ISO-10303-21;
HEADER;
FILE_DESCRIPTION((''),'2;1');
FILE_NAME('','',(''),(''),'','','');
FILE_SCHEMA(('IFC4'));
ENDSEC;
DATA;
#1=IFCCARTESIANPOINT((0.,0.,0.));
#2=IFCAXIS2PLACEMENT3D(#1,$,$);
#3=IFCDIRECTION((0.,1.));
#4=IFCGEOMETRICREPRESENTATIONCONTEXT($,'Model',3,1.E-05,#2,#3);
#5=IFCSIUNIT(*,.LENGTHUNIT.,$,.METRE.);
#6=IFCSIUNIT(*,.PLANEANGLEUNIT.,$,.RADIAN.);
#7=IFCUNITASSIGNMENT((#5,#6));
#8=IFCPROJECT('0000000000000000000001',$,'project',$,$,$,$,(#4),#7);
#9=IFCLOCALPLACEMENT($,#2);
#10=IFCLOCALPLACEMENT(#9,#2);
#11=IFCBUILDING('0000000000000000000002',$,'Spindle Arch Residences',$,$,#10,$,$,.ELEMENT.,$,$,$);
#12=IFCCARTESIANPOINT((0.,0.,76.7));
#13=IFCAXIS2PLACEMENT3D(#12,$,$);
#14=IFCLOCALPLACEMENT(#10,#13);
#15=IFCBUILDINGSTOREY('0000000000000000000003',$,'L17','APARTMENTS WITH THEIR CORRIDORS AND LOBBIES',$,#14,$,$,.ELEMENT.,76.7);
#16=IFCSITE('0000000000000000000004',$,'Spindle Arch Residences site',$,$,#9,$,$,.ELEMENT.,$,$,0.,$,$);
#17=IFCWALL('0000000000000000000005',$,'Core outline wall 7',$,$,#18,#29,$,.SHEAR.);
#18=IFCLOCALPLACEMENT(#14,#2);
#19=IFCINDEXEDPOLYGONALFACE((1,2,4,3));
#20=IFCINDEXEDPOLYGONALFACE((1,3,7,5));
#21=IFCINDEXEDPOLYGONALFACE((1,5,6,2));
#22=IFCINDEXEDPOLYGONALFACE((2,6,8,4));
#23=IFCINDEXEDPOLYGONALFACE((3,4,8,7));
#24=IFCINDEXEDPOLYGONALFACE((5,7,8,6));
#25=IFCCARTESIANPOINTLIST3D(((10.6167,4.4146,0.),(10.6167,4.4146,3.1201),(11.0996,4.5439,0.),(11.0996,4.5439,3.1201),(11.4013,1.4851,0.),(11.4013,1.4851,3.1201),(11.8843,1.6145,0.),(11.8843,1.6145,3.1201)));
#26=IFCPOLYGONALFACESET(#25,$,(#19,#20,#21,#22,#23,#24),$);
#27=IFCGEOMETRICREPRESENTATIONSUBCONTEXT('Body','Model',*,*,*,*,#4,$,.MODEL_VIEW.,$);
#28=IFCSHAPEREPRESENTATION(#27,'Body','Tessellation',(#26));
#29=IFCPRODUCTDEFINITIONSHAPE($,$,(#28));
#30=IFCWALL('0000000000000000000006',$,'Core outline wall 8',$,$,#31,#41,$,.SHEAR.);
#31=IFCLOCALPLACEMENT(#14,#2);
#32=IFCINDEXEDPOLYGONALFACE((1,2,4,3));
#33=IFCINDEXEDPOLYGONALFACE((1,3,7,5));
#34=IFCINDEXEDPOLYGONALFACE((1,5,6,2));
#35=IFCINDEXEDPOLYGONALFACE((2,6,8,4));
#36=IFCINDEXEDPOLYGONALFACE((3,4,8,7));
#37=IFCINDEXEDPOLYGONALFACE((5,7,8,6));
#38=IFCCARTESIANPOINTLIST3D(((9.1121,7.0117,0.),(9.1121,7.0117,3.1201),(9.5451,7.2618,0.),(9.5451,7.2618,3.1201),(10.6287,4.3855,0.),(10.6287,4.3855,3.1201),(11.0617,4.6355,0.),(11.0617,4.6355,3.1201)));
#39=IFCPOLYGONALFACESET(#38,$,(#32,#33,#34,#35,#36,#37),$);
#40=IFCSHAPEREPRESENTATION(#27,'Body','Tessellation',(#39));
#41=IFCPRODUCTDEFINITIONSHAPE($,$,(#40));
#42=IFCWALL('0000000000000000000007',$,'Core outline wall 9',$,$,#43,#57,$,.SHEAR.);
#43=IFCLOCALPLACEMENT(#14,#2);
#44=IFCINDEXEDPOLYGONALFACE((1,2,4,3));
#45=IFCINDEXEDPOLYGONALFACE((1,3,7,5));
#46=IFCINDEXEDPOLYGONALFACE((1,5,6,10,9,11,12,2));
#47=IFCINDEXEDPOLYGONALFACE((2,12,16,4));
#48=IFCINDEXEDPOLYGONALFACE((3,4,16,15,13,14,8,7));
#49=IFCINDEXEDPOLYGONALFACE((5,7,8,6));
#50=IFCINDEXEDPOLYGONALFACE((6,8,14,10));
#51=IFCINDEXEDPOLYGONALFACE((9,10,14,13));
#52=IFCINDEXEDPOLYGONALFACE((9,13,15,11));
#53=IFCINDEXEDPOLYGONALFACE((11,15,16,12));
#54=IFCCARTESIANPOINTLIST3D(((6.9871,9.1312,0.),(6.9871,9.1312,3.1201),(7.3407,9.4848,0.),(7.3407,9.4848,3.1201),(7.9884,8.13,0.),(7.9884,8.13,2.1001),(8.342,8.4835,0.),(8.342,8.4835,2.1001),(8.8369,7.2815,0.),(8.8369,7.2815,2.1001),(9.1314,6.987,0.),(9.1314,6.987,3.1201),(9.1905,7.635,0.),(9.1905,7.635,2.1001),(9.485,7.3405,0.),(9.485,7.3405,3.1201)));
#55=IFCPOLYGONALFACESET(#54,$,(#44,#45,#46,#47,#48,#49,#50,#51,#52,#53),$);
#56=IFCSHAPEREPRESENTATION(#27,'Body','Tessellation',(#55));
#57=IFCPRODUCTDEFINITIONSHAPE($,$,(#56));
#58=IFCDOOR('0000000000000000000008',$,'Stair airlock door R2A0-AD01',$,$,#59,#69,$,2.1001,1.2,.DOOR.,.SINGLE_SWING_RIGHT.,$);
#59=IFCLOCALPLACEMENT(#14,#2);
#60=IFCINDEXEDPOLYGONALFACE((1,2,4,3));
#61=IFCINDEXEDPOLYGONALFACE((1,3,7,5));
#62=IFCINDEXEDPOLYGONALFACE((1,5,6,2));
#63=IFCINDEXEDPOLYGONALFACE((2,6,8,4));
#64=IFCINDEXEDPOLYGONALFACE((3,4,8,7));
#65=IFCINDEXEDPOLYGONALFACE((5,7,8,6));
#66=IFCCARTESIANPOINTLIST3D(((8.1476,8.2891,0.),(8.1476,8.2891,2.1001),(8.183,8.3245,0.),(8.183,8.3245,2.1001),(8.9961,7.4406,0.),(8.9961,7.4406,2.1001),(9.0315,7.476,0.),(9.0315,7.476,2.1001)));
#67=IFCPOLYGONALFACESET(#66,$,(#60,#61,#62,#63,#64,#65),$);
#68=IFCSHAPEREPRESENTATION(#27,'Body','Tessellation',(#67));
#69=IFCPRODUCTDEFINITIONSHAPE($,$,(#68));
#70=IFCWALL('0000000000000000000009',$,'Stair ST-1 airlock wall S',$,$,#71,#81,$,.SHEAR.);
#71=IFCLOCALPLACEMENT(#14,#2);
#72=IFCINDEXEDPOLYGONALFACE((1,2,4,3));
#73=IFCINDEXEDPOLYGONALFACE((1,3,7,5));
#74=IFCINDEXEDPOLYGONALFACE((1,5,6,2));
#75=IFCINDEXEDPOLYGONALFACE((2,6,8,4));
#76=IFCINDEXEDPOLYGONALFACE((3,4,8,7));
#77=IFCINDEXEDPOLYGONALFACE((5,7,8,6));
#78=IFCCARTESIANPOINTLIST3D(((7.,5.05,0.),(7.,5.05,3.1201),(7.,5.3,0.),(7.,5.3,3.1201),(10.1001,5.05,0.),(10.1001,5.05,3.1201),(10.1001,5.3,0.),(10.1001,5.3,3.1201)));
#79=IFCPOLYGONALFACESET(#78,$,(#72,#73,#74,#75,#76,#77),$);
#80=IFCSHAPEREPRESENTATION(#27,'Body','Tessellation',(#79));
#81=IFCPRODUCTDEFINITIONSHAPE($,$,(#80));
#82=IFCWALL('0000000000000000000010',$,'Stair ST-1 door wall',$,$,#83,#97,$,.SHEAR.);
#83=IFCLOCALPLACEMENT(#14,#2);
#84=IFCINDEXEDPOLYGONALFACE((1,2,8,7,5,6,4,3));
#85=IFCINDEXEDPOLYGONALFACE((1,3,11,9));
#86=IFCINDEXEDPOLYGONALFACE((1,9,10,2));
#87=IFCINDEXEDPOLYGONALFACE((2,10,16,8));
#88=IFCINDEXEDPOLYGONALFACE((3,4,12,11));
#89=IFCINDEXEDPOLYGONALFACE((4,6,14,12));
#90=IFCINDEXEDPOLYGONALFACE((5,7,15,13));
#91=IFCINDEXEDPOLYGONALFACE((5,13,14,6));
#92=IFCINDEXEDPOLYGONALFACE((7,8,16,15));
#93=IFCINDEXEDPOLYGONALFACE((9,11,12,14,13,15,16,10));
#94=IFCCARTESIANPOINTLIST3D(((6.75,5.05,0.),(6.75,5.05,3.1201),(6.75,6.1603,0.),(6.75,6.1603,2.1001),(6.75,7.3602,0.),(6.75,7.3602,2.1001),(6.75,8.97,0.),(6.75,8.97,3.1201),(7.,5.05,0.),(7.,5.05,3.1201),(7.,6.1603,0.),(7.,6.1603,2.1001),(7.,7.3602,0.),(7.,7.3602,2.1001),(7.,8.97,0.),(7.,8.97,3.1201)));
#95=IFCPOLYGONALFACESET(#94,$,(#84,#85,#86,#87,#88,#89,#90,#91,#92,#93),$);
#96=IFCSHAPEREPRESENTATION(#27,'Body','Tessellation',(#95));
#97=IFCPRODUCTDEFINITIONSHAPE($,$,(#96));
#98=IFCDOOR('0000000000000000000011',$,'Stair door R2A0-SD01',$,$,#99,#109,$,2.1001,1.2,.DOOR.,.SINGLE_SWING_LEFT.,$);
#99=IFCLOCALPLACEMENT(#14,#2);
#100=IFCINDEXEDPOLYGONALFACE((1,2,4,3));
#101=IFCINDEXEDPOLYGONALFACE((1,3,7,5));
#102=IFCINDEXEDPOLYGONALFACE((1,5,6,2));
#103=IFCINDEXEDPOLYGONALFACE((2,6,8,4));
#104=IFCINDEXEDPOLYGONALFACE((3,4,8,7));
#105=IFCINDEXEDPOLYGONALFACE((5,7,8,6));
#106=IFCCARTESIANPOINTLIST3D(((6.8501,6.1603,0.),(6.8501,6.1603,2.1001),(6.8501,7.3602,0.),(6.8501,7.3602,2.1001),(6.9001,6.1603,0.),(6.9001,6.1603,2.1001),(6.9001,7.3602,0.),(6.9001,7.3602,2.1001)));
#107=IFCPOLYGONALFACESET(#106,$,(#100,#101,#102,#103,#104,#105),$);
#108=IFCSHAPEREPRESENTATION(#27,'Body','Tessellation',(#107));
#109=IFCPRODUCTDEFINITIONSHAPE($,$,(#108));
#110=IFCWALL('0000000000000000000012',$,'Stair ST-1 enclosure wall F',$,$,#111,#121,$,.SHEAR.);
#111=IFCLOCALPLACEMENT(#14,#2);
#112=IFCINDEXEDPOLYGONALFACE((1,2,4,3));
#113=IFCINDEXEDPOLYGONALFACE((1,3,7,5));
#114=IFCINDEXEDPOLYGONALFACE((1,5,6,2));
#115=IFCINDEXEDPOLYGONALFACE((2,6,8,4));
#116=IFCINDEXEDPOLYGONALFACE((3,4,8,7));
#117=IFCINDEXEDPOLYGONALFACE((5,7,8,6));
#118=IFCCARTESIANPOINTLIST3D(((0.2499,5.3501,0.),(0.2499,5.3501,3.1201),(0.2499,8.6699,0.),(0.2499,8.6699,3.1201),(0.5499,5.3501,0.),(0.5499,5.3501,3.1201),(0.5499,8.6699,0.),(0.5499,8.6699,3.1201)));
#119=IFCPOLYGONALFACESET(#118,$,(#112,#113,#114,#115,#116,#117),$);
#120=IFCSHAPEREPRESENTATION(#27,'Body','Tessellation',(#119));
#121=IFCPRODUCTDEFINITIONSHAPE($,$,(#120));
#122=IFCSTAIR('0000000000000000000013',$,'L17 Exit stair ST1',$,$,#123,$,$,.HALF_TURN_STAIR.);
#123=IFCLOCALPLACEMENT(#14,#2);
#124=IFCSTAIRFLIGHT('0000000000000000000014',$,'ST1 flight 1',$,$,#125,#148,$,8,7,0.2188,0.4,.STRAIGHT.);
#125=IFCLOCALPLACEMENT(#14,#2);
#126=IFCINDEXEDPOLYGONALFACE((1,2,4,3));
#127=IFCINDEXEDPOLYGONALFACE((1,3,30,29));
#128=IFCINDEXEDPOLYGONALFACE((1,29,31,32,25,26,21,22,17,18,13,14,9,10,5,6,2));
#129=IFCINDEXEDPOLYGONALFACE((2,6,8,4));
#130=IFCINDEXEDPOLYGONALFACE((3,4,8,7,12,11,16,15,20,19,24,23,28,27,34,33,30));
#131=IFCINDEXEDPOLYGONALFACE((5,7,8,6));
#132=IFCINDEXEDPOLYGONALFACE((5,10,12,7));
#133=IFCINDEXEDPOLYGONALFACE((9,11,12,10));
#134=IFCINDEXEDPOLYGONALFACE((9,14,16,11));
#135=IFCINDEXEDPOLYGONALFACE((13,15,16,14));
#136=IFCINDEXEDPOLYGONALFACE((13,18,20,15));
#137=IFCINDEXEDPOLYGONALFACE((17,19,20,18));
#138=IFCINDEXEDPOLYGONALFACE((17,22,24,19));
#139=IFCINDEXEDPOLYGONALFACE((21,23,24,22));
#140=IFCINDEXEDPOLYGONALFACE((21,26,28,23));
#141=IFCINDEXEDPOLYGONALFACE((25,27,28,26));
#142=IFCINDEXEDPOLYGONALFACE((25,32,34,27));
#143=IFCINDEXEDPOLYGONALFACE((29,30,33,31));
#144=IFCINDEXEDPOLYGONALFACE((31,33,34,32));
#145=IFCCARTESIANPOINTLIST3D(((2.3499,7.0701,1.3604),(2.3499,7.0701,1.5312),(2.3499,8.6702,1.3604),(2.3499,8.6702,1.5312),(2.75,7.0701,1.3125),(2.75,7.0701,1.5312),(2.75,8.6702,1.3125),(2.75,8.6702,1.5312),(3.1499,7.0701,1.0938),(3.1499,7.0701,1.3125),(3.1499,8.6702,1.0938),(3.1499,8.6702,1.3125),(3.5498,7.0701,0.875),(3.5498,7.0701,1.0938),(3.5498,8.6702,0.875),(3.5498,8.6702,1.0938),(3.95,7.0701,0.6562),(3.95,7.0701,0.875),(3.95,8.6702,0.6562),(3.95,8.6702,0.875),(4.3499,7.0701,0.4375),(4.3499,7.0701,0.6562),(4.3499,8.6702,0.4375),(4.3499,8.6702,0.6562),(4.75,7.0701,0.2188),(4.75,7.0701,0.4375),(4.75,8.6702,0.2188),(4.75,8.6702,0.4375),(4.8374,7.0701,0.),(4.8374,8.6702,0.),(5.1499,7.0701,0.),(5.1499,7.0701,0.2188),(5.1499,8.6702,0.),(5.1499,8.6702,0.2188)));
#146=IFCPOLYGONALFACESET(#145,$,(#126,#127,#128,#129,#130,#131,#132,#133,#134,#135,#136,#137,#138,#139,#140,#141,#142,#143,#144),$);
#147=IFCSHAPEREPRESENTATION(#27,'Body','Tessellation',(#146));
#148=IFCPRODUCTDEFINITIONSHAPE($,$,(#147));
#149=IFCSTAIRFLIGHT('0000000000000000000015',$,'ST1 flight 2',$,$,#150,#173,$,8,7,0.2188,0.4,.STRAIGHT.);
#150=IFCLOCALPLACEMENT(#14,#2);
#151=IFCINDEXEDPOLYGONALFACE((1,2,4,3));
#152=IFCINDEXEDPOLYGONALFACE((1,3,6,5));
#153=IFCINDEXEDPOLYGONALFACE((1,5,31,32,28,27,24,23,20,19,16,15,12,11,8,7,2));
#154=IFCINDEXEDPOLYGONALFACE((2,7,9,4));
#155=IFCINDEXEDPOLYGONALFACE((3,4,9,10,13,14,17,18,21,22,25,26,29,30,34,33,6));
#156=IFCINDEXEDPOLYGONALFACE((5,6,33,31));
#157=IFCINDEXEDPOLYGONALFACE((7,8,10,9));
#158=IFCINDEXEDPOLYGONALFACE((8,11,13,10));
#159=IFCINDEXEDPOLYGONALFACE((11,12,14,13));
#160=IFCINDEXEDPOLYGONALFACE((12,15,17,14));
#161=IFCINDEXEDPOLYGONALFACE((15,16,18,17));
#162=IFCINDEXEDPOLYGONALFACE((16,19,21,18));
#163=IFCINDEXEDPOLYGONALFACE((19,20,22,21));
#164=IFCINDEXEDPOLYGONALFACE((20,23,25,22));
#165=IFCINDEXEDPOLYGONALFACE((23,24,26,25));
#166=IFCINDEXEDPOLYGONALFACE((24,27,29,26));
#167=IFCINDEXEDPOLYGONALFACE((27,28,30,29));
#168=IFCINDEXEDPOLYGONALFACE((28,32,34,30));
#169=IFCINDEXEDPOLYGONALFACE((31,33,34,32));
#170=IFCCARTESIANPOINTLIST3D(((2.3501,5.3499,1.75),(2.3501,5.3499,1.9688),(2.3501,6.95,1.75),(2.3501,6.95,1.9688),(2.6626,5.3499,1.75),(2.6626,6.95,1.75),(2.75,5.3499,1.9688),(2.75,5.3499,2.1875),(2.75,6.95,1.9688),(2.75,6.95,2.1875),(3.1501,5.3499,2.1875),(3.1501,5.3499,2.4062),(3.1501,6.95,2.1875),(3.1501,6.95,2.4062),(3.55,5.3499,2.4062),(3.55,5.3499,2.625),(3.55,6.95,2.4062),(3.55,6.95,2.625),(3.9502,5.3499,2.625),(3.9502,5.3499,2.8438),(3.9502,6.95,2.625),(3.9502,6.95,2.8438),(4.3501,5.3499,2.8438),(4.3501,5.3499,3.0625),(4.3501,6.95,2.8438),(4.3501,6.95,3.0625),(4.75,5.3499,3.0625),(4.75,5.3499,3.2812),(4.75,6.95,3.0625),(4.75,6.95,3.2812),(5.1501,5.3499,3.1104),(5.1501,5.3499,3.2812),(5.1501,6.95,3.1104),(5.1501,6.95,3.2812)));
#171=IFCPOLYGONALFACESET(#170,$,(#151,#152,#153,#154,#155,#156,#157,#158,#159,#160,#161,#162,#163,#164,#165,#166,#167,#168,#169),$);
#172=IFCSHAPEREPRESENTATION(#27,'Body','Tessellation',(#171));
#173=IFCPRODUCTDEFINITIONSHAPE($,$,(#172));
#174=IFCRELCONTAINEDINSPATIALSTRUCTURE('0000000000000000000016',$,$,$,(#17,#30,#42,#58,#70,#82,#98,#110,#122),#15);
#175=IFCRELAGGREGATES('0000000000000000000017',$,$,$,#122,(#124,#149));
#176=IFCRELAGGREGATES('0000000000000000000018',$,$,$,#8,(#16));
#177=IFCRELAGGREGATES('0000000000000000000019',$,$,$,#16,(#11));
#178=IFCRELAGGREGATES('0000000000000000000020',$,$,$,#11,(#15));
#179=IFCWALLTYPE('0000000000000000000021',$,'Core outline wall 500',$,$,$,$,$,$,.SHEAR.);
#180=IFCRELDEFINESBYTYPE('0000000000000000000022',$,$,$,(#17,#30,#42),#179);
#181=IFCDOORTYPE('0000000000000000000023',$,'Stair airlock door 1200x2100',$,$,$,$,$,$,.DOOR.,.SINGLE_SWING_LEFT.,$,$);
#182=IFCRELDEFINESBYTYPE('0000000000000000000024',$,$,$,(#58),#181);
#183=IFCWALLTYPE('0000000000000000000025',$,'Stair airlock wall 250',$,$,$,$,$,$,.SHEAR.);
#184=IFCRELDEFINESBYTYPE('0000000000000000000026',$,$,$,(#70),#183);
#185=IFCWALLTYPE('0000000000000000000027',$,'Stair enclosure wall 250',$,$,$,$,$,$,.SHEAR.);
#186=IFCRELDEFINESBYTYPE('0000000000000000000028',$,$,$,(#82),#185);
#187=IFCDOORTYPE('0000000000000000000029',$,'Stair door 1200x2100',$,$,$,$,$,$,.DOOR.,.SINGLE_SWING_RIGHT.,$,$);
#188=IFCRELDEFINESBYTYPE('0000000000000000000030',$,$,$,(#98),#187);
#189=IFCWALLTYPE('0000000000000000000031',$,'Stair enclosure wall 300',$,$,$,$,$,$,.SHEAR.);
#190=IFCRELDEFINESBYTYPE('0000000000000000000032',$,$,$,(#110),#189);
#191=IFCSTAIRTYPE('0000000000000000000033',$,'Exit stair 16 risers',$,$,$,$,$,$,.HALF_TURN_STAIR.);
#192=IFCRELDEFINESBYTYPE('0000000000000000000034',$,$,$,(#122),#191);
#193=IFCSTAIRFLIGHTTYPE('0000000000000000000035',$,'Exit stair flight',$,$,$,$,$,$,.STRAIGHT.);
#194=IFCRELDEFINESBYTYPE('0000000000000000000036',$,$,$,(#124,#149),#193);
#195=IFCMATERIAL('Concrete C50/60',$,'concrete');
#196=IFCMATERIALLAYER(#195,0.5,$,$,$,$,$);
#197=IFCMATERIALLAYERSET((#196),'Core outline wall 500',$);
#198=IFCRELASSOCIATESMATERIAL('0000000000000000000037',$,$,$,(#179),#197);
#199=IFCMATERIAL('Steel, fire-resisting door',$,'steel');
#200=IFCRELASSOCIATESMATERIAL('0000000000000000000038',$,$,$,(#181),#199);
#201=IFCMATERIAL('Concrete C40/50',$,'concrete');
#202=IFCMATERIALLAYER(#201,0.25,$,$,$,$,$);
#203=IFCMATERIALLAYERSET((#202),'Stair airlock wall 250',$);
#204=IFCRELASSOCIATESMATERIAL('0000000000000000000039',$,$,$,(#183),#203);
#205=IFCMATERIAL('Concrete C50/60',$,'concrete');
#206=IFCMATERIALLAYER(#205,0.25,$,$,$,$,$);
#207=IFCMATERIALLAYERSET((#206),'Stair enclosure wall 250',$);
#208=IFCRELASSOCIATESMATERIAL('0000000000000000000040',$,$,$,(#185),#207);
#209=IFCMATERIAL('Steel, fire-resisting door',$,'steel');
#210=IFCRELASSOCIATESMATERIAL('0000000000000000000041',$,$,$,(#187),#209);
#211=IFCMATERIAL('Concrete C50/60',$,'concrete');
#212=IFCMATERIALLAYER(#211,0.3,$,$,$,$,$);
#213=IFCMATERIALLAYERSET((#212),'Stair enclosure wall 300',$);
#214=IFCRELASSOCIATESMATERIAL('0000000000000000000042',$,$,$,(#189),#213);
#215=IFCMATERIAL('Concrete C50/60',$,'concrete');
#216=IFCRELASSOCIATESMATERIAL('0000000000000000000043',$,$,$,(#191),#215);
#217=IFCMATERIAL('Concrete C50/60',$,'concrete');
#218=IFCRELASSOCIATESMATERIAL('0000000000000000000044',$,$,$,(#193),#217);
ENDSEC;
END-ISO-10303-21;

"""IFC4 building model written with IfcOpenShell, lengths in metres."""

from ifc_helpers import new_model, si_unit, direction, frame, frame_2d, origin, place, context, subcontext, project, spatial, polyline, rectangle, outline, extrude, material, layer, layer_set, type_object, element, fill, aggregate, save


model = new_model("IFC4")

# Units and contexts
model_context = context("Model", 3, precision=1e-05, world=origin(), true_north=direction((0.0, 1.0)))
body_context = subcontext(model_context, "Body", "Model", "MODEL_VIEW")
ifc_project = project(units=[si_unit("LENGTHUNIT", "METRE"), si_unit("PLANEANGLEUNIT", "RADIAN")], contexts=[model_context])

# Site, building, storey
site_placement = place(None, origin())
site = spatial("IfcSite", under=ifc_project, at=site_placement, Name="Spindle Arch Residences site", CompositionType="ELEMENT", RefElevation=0.0)
building_placement = place(site_placement, origin())
building = spatial("IfcBuilding", under=site, at=building_placement, Name="Spindle Arch Residences", CompositionType="ELEMENT")
storey_placement = place(building_placement, frame((0.0, 0.0, 76.7)))
storey = spatial("IfcBuildingStorey", under=building, at=storey_placement, Name="L17", Description="APARTMENTS WITH THEIR CORRIDORS AND LOBBIES", CompositionType="ELEMENT", Elevation=76.7)

# Walls
ifc_material_1 = material(Name="Concrete C50/60", Category="concrete")
ifc_layer_1 = layer(ifc_material_1, 0.5)
ifc_layer_set_1 = layer_set([ifc_layer_1], Name="Core outline wall 500")
wall_type_1 = type_object("IfcWallType", Name="Core outline wall 500", PredefinedType="SHEAR", material=ifc_layer_set_1)
for number, where, z_axis, x_axis, name in (
    (1, (11.6428, 1.5498, 0.0), (0.0, 0.0, 1.0), (-0.258735, 0.965948, 0.0), "Core outline wall 7"),
    (2, (10.8452, 4.5105, 0.0), (0.0, 0.0, 1.0), (-0.500087, 0.865975, 0.0), "Core outline wall 8"),
):
    element("IfcWall", number, at=place(storey_placement, frame(where, z_axis=z_axis, x_axis=x_axis)), inside=storey, type_object=wall_type_1, Name=name, PredefinedType="SHEAR", context=body_context, shape_type="SweptSolid", body=[
        extrude(rectangle(XDim=3.0327, YDim=0.5, at=frame_2d((1.5164, 0.0))), origin(), (0.0, 0.0, 1.0), 3.1201),
    ])

# Wall, opening, door
wall_1_placement = place(storey_placement, frame((9.3081, 7.1638, 0.0), z_axis=(0.0, 0.0, 1.0), x_axis=(-0.707107, 0.707107, 0.0)))
wall_1 = element("IfcWall", 3, at=wall_1_placement, inside=storey, type_object=wall_type_1, Name="Core outline wall 9", PredefinedType="SHEAR", context=body_context, shape_type="SweptSolid", body=[
    extrude(rectangle(XDim=3.0325, YDim=0.5, at=frame_2d((1.5161, 0.0))), origin(), (0.0, 0.0, 1.0), 3.1201),
])
opening_1_placement = place(wall_1_placement, frame((0.4163, 0.0, 0.0)))
opening_1 = element("IfcOpeningElement", 4, at=opening_1_placement, cuts=wall_1, PredefinedType="OPENING", context=body_context, shape_type="SweptSolid", body=[
    extrude(rectangle(XDim=1.2, YDim=2.1001, at=frame_2d((0.6001, 1.05))), frame((0.0, 0.26, 0.0), z_axis=(0.0, -1.0, 0.0), x_axis=(1.0, 0.0, 0.0)), (0.0, 0.0, 1.0), 0.52),
])
ifc_material_2 = material(Name="Steel, fire-resisting door", Category="steel")
door_type_1 = type_object("IfcDoorType", Name="Stair airlock door 1200x2100", OperationType="SINGLE_SWING_LEFT", PredefinedType="DOOR", material=ifc_material_2)
door_1_placement = place(opening_1_placement, origin())
door_1 = element("IfcDoor", 5, at=door_1_placement, inside=storey, type_object=door_type_1, Name="Stair airlock door R2A0-AD01", OperationType="SINGLE_SWING_RIGHT", OverallHeight=2.1001, OverallWidth=1.2, PredefinedType="DOOR", context=body_context, shape_type="SweptSolid", body=[
    extrude(rectangle(XDim=1.2, YDim=2.1001, at=frame_2d((0.6001, 1.05))), frame((0.0, 0.0249, 0.0), z_axis=(0.0, -1.0, 0.0), x_axis=(1.0, 0.0, 0.0)), (0.0, 0.0, 1.0), 0.05),
])
fill(opening_1, door_1)

# Wall
ifc_material_3 = material(Name="Concrete C40/50", Category="concrete")
ifc_layer_2 = layer(ifc_material_3, 0.25)
ifc_layer_set_2 = layer_set([ifc_layer_2], Name="Stair airlock wall 250")
wall_type_2 = type_object("IfcWallType", Name="Stair airlock wall 250", PredefinedType="SHEAR", material=ifc_layer_set_2)
wall_2_placement = place(storey_placement, frame((7.0, 5.175, 0.0), z_axis=(0.0, 0.0, 1.0), x_axis=(1.0, 0.0, 0.0)))
element("IfcWall", 6, at=wall_2_placement, inside=storey, type_object=wall_type_2, Name="Stair ST-1 airlock wall S", PredefinedType="SHEAR", context=body_context, shape_type="SweptSolid", body=[
    extrude(rectangle(XDim=3.1001, YDim=0.25, at=frame_2d((1.55, 0.0))), origin(), (0.0, 0.0, 1.0), 3.1201),
])

# Wall, opening, door
ifc_material_4 = material(Name="Concrete C50/60", Category="concrete")
ifc_layer_3 = layer(ifc_material_4, 0.25)
ifc_layer_set_3 = layer_set([ifc_layer_3], Name="Stair enclosure wall 250")
wall_type_3 = type_object("IfcWallType", Name="Stair enclosure wall 250", PredefinedType="SHEAR", material=ifc_layer_set_3)
wall_3_placement = place(storey_placement, frame((6.875, 5.05, 0.0), z_axis=(0.0, 0.0, 1.0), x_axis=(0.0, 1.0, 0.0)))
wall_3 = element("IfcWall", 7, at=wall_3_placement, inside=storey, type_object=wall_type_3, Name="Stair ST-1 door wall", PredefinedType="SHEAR", context=body_context, shape_type="SweptSolid", body=[
    extrude(rectangle(XDim=3.9199, YDim=0.25, at=frame_2d((1.96, 0.0))), origin(), (0.0, 0.0, 1.0), 3.1201),
])
opening_2_placement = place(wall_3_placement, frame((1.1101, 0.0, 0.0)))
opening_2 = element("IfcOpeningElement", 8, at=opening_2_placement, cuts=wall_3, PredefinedType="OPENING", context=body_context, shape_type="SweptSolid", body=[
    extrude(rectangle(XDim=1.2, YDim=2.1001, at=frame_2d((0.6001, 1.05))), frame((0.0, 0.135, 0.0), z_axis=(0.0, -1.0, 0.0), x_axis=(1.0, 0.0, 0.0)), (0.0, 0.0, 1.0), 0.27),
])
ifc_material_5 = material(Name="Steel, fire-resisting door", Category="steel")
door_type_2 = type_object("IfcDoorType", Name="Stair door 1200x2100", OperationType="SINGLE_SWING_RIGHT", PredefinedType="DOOR", material=ifc_material_5)
door_2_placement = place(opening_2_placement, origin())
door_2 = element("IfcDoor", 9, at=door_2_placement, inside=storey, type_object=door_type_2, Name="Stair door R2A0-SD01", OperationType="SINGLE_SWING_LEFT", OverallHeight=2.1001, OverallWidth=1.2, PredefinedType="DOOR", context=body_context, shape_type="SweptSolid", body=[
    extrude(rectangle(XDim=1.2, YDim=2.1001, at=frame_2d((0.6001, 1.05))), frame((0.0, 0.0249, 0.0), z_axis=(0.0, -1.0, 0.0), x_axis=(1.0, 0.0, 0.0)), (0.0, 0.0, 1.0), 0.05),
])
fill(opening_2, door_2)

# Wall
ifc_material_6 = material(Name="Concrete C50/60", Category="concrete")
ifc_layer_4 = layer(ifc_material_6, 0.3)
ifc_layer_set_4 = layer_set([ifc_layer_4], Name="Stair enclosure wall 300")
wall_type_4 = type_object("IfcWallType", Name="Stair enclosure wall 300", PredefinedType="SHEAR", material=ifc_layer_set_4)
wall_4_placement = place(storey_placement, frame((0.3999, 5.3501, 0.0), z_axis=(0.0, 0.0, 1.0), x_axis=(0.0, 1.0, 0.0)))
element("IfcWall", 10, at=wall_4_placement, inside=storey, type_object=wall_type_4, Name="Stair ST-1 enclosure wall F", PredefinedType="SHEAR", context=body_context, shape_type="SweptSolid", body=[
    extrude(rectangle(XDim=3.3198, YDim=0.3, at=frame_2d((1.6599, 0.0))), origin(), (0.0, 0.0, 1.0), 3.1201),
])

# Stair, stair flights
ifc_material_7 = material(Name="Concrete C50/60", Category="concrete")
stair_type = type_object("IfcStairType", Name="Exit stair 16 risers", PredefinedType="HALF_TURN_STAIR", material=ifc_material_7)
stair_placement = place(storey_placement, origin())
stair = element("IfcStair", 11, at=stair_placement, inside=storey, type_object=stair_type, Name="L17 Exit stair ST1", PredefinedType="HALF_TURN_STAIR")
ifc_material_8 = material(Name="Concrete C50/60", Category="concrete")
stair_flight_type = type_object("IfcStairFlightType", Name="Exit stair flight", PredefinedType="STRAIGHT", material=ifc_material_8)
stair_flight_1_placement = place(storey_placement, frame((5.1499, 7.8701, 0.0), z_axis=(0.0, 0.0, 1.0), x_axis=(-1.0, 0.0, 0.0)))
stair_flight_1 = element("IfcStairFlight", 12, at=stair_flight_1_placement, type_object=stair_flight_type, Name="ST1 flight 1", NumberOfRisers=8, NumberOfTreads=7, PredefinedType="STRAIGHT", RiserHeight=0.2188, TreadLength=0.4, context=body_context, shape_type="SweptSolid", body=[
    extrude(outline(polyline([(0.0, 0.0), (0.0, 0.2188), (0.3999, 0.2188), (0.3999, 0.4375), (0.8, 0.4375), (0.8, 0.6562), (1.2, 0.6562), (1.2, 0.875), (1.6001, 0.875), (1.6001, 1.0938), (2.0, 1.0938), (2.0, 1.3125), (2.3999, 1.3125), (2.3999, 1.5312), (2.8, 1.5312), (2.8, 1.75), (2.8, 1.3604), (0.3125, 0.0), (0.0, 0.0)])), frame((0.0, 0.8, 0.0), z_axis=(0.0, -1.0, 0.0), x_axis=(1.0, 0.0, 0.0)), (0.0, 0.0, 1.0), 1.6001),
])
stair_flight_2_placement = place(storey_placement, frame((2.3501, 6.1499, 1.75), z_axis=(0.0, 0.0, 1.0), x_axis=(1.0, 0.0, 0.0)))
stair_flight_2 = element("IfcStairFlight", 13, at=stair_flight_2_placement, type_object=stair_flight_type, Name="ST1 flight 2", NumberOfRisers=8, NumberOfTreads=7, PredefinedType="STRAIGHT", RiserHeight=0.2188, TreadLength=0.4, context=body_context, shape_type="SweptSolid", body=[
    extrude(outline(polyline([(0.0, 0.0), (0.0, 0.2188), (0.3999, 0.2188), (0.3999, 0.4375), (0.8, 0.4375), (0.8, 0.6562), (1.2, 0.6562), (1.2, 0.875), (1.6001, 0.875), (1.6001, 1.0938), (2.0, 1.0938), (2.0, 1.3125), (2.3999, 1.3125), (2.3999, 1.5312), (2.8, 1.5312), (2.8, 1.75), (2.8, 1.3604), (0.3125, 0.0), (0.0, 0.0)])), frame((0.0, 0.8, 0.0), z_axis=(0.0, -1.0, 0.0), x_axis=(1.0, 0.0, 0.0)), (0.0, 0.0, 1.0), 1.6001),
])
aggregate(stair, [stair_flight_1, stair_flight_2])

save(model, "model.ifc")
